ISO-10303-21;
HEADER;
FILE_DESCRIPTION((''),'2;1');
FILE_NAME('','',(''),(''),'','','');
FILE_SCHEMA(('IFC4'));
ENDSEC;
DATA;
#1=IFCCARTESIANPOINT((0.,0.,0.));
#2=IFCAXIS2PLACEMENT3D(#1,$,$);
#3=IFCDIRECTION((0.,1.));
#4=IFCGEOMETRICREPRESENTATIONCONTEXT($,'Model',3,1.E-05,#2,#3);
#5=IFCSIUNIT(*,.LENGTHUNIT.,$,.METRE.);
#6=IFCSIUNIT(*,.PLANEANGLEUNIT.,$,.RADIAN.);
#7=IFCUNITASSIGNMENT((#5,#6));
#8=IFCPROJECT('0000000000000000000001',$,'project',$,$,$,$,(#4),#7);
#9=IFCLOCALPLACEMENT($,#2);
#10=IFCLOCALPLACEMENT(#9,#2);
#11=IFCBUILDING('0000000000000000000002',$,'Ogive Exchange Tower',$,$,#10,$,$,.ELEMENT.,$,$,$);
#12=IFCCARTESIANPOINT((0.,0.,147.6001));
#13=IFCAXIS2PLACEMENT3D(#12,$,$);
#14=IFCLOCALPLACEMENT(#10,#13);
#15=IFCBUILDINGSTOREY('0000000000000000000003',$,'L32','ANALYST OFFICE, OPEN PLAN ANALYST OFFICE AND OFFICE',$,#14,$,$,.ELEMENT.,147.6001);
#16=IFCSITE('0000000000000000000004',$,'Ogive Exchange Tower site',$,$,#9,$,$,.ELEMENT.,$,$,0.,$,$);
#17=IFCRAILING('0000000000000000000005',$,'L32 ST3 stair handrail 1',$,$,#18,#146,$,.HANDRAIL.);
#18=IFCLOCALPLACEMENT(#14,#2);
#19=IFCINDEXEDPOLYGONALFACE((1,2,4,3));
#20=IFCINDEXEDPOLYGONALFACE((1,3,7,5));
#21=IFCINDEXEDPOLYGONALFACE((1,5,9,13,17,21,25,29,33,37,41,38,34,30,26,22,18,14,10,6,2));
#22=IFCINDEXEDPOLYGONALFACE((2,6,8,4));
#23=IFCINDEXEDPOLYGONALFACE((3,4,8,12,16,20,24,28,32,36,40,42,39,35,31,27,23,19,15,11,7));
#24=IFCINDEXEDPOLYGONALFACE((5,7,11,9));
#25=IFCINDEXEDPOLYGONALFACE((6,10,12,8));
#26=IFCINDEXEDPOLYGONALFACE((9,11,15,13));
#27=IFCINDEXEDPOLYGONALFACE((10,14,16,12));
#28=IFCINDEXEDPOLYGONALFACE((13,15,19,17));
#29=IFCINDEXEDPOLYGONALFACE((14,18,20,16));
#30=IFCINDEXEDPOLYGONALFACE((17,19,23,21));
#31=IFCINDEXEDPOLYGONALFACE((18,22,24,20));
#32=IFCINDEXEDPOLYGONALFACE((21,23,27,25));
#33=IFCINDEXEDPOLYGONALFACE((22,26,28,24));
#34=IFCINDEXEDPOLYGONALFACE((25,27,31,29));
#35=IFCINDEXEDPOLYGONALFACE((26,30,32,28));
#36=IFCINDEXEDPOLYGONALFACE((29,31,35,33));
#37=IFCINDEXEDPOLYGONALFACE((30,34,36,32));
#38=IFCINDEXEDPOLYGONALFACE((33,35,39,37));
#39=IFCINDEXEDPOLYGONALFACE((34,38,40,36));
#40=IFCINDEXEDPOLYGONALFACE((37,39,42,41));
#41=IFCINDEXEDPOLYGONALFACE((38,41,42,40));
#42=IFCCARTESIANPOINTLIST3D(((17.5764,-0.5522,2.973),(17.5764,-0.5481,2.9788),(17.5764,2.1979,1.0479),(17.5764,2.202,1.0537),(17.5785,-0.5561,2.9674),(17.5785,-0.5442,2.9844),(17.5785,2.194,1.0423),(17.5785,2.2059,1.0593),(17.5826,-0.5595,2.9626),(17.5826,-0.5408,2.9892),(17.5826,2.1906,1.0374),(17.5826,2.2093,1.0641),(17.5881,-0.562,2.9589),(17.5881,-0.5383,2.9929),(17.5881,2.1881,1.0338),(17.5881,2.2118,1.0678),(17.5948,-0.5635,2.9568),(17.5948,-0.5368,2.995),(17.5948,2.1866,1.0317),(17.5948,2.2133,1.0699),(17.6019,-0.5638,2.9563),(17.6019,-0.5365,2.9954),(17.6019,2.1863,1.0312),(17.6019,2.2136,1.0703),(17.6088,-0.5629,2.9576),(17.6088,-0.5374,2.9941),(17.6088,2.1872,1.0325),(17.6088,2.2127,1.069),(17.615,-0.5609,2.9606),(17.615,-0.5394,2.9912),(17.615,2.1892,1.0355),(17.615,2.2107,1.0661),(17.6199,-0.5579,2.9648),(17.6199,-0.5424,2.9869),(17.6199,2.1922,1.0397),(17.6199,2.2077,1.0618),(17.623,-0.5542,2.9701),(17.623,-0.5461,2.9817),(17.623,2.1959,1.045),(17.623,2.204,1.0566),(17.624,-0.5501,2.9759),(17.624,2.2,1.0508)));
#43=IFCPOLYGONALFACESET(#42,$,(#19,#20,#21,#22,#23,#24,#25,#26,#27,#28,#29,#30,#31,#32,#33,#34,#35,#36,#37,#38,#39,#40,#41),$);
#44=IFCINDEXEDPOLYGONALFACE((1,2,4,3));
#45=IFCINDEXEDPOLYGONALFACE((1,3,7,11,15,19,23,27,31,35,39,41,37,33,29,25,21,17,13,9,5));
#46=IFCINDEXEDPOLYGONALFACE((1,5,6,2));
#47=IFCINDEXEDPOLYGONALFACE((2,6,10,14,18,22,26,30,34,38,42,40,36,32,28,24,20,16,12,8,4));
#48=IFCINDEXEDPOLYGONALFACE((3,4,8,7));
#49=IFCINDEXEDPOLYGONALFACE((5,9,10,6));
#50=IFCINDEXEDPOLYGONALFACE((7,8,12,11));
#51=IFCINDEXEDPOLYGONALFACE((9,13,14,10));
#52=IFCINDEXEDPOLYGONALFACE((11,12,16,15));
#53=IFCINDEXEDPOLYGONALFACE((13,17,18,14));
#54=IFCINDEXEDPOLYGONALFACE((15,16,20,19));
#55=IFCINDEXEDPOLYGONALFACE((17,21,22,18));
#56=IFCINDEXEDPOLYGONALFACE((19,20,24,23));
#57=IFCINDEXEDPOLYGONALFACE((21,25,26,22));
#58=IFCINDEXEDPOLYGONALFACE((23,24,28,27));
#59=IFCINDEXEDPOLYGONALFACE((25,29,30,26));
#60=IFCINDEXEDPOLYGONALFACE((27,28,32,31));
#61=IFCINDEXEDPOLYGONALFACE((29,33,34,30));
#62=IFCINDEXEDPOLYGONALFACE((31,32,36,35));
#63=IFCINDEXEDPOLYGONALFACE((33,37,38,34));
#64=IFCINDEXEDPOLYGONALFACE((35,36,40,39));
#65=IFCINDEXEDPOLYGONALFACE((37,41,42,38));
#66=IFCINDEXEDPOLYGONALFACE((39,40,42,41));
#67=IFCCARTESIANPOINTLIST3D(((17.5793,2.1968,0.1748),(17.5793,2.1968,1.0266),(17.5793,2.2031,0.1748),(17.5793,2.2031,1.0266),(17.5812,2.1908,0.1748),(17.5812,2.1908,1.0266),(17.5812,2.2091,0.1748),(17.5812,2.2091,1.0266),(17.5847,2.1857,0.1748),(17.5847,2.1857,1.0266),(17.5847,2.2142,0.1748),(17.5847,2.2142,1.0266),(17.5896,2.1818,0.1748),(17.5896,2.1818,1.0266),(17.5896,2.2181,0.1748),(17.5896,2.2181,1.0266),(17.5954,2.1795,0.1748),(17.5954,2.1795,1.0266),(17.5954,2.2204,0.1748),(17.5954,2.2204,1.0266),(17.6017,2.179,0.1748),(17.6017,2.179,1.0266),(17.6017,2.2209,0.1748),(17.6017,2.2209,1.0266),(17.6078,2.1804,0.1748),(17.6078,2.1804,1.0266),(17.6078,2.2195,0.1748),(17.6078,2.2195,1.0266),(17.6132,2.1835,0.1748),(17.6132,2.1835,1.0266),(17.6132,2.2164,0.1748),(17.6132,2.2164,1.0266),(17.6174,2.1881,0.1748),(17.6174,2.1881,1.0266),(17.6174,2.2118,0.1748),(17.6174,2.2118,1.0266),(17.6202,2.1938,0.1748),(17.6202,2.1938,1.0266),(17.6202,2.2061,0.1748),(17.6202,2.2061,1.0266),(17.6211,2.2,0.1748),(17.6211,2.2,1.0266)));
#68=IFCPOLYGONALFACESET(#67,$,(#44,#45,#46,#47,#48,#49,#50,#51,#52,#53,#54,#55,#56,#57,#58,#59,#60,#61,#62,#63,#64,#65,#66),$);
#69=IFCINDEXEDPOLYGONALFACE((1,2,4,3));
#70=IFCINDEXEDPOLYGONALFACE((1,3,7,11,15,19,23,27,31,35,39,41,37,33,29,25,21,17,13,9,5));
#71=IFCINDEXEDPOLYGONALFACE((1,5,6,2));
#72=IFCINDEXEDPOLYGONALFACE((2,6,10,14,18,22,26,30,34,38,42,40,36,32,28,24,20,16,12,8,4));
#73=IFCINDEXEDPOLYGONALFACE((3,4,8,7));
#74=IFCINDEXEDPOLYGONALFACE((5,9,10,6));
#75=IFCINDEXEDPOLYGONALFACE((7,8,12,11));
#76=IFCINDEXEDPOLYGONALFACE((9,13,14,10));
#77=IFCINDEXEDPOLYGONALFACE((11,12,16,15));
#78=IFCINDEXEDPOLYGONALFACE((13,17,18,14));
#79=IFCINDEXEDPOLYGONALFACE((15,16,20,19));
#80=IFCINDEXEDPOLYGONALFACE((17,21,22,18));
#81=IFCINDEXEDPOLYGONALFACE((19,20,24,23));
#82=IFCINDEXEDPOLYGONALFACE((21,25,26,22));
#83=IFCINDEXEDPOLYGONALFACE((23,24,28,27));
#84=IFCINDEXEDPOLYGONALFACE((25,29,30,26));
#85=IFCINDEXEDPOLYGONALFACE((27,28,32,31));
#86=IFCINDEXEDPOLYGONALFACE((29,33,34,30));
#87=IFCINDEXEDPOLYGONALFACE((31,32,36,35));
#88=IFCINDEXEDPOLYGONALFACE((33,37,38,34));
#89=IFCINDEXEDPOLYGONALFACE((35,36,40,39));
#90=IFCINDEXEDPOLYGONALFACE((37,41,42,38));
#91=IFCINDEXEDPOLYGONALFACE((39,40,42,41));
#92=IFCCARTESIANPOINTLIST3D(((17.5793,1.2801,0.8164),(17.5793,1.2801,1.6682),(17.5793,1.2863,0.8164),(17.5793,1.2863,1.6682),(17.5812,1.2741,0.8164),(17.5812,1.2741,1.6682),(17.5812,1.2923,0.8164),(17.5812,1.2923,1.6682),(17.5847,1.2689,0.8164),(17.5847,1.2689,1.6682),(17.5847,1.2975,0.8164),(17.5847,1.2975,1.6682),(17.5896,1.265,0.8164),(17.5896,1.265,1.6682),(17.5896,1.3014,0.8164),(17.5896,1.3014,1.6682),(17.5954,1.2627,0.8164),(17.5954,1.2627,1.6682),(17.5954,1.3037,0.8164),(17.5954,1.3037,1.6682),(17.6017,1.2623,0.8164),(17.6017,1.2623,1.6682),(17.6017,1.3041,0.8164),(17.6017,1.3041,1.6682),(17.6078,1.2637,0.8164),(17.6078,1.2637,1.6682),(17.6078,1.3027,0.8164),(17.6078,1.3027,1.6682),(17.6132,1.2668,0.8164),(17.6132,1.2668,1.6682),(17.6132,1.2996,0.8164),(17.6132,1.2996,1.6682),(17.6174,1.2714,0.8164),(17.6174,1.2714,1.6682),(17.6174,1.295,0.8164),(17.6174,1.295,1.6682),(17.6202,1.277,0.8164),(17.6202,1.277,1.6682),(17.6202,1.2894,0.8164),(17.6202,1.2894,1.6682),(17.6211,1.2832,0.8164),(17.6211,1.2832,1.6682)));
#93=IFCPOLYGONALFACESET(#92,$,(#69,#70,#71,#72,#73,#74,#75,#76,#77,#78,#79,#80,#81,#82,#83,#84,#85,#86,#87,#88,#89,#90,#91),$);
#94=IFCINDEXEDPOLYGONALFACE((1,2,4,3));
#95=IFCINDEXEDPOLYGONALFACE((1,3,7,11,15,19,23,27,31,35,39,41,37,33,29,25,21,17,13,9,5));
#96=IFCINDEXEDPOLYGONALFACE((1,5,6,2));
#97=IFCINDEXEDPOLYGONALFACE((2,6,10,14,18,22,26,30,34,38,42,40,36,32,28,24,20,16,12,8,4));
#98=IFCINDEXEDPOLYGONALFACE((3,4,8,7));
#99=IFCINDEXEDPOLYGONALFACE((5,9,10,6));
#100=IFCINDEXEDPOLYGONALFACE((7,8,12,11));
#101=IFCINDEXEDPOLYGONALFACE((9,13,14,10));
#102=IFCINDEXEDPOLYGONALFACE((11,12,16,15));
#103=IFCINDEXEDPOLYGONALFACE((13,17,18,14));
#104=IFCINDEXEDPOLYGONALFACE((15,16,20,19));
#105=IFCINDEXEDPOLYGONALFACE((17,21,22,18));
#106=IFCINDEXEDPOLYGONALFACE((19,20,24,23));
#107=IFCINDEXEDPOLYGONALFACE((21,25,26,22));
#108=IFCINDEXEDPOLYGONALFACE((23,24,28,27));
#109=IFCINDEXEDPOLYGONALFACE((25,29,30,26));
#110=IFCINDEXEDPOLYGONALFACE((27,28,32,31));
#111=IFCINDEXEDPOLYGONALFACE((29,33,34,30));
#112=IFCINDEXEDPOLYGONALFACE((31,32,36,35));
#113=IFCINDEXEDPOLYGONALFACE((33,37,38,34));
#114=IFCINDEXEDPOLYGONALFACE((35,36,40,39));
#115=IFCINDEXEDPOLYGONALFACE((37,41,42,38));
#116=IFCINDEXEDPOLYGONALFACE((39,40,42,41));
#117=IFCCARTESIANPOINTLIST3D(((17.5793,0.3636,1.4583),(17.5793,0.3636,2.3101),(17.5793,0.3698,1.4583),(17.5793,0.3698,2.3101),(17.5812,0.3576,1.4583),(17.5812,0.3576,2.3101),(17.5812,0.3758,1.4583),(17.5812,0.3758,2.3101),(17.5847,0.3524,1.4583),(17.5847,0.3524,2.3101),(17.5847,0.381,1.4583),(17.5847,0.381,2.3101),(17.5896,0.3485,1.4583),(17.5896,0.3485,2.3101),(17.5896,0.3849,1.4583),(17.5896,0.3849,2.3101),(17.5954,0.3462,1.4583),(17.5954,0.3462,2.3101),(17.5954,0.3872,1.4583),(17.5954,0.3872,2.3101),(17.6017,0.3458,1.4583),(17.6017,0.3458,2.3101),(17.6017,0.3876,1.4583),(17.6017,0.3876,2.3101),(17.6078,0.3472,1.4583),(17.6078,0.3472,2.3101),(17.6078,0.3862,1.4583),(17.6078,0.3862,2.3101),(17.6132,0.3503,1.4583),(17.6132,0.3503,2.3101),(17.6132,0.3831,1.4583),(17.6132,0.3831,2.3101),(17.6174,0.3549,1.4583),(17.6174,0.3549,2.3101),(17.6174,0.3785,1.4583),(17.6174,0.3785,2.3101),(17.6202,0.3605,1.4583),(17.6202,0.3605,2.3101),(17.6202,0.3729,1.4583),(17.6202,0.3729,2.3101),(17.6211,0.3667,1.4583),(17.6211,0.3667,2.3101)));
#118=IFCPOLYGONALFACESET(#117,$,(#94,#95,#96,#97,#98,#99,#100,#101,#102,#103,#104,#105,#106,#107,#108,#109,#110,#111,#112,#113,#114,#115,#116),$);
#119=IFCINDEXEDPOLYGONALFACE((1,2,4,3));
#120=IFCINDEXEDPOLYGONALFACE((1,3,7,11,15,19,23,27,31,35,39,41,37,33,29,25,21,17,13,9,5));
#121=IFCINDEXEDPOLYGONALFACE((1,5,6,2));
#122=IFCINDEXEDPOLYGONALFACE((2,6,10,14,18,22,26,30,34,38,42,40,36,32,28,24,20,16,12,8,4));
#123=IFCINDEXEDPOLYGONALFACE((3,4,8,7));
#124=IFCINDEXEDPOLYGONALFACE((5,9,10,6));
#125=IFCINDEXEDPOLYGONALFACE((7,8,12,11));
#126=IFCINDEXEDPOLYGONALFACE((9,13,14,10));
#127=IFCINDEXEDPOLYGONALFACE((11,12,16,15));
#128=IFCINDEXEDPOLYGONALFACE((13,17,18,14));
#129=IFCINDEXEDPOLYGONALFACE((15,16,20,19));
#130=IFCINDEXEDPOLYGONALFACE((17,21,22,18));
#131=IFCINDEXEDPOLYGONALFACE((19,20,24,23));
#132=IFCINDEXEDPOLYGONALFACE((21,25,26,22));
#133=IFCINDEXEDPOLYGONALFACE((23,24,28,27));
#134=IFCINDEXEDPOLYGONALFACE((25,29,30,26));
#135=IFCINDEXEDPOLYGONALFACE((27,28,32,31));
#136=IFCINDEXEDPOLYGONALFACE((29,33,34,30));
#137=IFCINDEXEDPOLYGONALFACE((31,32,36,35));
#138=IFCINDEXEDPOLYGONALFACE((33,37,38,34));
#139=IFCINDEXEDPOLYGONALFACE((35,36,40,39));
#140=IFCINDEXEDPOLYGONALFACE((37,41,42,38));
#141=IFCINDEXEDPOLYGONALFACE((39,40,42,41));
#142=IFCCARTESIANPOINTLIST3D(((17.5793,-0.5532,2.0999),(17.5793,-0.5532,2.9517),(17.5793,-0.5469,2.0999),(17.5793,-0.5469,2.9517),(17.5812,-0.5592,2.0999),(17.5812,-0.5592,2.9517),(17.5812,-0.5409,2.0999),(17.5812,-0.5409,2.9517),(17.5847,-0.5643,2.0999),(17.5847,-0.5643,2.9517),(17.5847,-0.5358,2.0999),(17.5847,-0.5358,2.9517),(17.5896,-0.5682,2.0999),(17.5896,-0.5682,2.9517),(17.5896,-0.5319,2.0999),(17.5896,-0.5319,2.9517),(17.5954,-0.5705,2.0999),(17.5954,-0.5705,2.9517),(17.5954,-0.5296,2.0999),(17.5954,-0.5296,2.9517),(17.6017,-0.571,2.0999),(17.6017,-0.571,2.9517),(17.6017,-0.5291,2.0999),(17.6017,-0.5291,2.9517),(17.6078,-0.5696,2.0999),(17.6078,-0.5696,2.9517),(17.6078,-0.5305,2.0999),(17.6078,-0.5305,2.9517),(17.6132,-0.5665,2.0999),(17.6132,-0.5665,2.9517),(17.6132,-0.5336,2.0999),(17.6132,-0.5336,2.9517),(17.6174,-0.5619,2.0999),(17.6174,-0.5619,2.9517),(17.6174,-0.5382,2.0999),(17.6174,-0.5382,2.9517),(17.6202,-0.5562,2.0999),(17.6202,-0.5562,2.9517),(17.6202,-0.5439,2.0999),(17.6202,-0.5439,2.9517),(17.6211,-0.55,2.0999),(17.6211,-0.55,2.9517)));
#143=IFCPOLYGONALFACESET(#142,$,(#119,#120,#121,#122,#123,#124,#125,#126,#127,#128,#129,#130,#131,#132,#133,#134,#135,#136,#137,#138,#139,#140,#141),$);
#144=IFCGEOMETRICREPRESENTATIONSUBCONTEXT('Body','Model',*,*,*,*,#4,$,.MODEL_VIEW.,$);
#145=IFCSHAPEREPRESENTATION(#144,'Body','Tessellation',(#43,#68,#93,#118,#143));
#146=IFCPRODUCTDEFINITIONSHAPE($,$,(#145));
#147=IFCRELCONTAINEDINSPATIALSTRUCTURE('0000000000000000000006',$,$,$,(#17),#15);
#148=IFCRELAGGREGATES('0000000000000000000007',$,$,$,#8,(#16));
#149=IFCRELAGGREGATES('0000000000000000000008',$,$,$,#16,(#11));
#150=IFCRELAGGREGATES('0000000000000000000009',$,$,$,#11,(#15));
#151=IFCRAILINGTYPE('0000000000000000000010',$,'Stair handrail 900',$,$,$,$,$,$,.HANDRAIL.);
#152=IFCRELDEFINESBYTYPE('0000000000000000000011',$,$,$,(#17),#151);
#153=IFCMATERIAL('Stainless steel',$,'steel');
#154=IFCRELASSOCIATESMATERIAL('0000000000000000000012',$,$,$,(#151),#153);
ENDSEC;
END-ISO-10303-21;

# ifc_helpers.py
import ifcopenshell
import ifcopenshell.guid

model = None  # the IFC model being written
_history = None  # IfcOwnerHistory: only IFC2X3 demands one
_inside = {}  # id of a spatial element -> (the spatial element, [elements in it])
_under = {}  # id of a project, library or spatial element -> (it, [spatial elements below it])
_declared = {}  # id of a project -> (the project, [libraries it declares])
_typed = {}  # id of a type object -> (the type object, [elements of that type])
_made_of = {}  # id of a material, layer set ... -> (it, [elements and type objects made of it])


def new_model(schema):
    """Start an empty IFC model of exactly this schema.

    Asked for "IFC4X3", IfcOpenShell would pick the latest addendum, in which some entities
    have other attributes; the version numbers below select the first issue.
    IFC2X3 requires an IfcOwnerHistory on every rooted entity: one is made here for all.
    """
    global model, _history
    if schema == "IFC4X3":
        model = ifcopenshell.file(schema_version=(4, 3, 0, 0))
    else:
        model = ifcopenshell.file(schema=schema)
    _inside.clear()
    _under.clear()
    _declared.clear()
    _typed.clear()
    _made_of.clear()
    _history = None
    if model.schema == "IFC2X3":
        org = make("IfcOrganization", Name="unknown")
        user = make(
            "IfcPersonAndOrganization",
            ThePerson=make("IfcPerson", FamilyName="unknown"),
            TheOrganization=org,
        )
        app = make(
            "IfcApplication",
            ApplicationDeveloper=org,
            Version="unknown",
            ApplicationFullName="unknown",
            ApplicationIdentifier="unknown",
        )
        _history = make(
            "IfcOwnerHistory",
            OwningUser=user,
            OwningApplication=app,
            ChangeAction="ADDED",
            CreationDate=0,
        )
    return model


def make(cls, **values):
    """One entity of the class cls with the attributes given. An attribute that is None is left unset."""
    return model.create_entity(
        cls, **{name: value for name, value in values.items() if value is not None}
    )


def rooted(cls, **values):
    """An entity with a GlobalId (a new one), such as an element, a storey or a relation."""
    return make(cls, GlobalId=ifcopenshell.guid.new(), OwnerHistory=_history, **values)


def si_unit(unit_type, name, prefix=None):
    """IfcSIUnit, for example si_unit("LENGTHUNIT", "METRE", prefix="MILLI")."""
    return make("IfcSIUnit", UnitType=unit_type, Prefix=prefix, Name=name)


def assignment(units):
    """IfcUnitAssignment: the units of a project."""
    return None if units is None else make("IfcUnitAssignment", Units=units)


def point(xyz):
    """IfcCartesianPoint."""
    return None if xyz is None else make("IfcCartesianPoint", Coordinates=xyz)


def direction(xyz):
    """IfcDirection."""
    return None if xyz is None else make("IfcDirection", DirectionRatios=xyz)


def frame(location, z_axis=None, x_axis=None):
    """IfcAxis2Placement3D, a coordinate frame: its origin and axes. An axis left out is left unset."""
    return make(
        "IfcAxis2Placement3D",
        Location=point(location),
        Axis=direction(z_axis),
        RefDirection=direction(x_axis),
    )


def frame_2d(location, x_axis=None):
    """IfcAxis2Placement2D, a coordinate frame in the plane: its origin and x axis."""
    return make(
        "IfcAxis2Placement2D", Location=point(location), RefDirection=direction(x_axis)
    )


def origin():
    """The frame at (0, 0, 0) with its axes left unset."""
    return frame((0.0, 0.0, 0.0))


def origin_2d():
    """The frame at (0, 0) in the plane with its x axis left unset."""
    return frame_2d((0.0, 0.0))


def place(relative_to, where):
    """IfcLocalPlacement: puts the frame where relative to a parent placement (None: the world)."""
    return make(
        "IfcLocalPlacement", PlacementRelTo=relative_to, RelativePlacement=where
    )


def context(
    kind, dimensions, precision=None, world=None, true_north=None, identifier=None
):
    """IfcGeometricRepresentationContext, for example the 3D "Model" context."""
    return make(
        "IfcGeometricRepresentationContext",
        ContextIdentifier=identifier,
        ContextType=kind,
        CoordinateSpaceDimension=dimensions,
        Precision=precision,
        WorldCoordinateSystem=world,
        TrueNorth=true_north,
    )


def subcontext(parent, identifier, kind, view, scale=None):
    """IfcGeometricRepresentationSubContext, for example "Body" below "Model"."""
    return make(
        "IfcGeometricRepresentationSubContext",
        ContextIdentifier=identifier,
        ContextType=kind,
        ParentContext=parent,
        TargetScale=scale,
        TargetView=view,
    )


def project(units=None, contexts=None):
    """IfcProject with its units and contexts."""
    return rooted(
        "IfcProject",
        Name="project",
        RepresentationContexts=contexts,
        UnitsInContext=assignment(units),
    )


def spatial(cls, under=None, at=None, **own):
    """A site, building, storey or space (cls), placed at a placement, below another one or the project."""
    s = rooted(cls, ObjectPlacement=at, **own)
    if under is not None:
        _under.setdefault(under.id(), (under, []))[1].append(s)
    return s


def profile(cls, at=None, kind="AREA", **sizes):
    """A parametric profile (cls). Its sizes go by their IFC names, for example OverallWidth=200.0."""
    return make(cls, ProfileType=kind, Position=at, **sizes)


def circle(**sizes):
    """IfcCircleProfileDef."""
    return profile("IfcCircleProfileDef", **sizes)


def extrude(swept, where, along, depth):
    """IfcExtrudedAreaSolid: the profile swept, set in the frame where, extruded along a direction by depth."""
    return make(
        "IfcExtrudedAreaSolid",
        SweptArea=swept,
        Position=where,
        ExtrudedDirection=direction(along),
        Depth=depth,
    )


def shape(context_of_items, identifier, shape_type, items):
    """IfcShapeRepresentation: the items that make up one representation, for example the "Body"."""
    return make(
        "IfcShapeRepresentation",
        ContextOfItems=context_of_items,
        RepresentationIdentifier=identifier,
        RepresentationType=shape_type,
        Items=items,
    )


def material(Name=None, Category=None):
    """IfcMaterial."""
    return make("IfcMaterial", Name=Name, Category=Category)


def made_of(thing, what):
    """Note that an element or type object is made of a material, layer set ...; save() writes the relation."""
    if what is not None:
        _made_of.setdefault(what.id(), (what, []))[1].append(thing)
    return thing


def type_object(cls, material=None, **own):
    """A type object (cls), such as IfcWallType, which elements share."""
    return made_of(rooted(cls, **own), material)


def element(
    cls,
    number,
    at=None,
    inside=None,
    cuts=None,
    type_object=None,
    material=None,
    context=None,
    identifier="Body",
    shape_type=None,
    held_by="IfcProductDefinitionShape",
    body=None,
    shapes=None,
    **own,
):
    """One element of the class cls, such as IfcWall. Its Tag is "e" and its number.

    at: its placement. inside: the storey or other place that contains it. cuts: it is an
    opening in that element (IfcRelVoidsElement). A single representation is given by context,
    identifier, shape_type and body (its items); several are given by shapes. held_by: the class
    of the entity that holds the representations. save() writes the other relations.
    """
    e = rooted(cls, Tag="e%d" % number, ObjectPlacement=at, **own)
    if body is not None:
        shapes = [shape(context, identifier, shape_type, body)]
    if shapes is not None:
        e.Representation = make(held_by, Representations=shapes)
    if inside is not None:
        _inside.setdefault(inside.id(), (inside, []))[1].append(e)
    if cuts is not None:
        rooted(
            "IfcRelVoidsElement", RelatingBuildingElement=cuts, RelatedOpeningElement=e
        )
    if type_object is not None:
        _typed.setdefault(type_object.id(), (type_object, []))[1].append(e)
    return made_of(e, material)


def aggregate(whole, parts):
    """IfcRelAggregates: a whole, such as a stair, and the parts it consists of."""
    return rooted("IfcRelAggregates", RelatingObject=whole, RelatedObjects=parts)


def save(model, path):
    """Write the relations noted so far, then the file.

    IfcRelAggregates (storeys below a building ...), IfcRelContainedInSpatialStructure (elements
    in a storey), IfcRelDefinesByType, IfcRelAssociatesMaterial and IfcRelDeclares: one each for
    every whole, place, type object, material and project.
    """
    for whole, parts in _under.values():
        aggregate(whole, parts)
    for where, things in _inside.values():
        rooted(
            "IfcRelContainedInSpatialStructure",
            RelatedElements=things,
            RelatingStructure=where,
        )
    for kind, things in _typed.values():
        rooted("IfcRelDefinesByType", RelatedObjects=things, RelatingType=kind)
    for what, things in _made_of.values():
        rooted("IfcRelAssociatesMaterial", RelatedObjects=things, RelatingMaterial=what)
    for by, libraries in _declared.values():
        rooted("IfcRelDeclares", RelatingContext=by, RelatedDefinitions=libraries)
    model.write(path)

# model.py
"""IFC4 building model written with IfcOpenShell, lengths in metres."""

from ifc_helpers import new_model, si_unit, direction, frame, origin, origin_2d, place, context, subcontext, project, spatial, circle, extrude, material, type_object, element, save


model = new_model("IFC4")

# Units and contexts
model_context = context("Model", 3, precision=1e-05, world=origin(), true_north=direction((0.0, 1.0)))
body_context = subcontext(model_context, "Body", "Model", "MODEL_VIEW")
ifc_project = project(units=[si_unit("LENGTHUNIT", "METRE"), si_unit("PLANEANGLEUNIT", "RADIAN")], contexts=[model_context])

# Site, building, storey
site_placement = place(None, origin())
site = spatial("IfcSite", under=ifc_project, at=site_placement, Name="Ogive Exchange Tower site", CompositionType="ELEMENT", RefElevation=0.0)
building_placement = place(site_placement, origin())
building = spatial("IfcBuilding", under=site, at=building_placement, Name="Ogive Exchange Tower", CompositionType="ELEMENT")
storey_placement = place(building_placement, frame((0.0, 0.0, 147.6001)))
storey = spatial("IfcBuildingStorey", under=building, at=storey_placement, Name="L32", Description="ANALYST OFFICE, OPEN PLAN ANALYST OFFICE AND OFFICE", CompositionType="ELEMENT", Elevation=147.6001)

# Shared definitions
ifc_material_1 = material(Name="Stainless steel", Category="steel")

# Railing
railing_type = type_object("IfcRailingType", Name="Stair handrail 900", PredefinedType="HANDRAIL", material=ifc_material_1)
railing_1_placement = place(storey_placement, frame((17.6001, 2.2, 0.1748)))
element("IfcRailing", 1, at=railing_1_placement, inside=storey, type_object=railing_type, Name="L32 ST3 stair handrail 1", PredefinedType="HANDRAIL", context=body_context, shape_type="SweptSolid", body=[
    extrude(circle(Radius=0.0239, at=origin_2d()), frame((0.0, 0.0, 0.876), z_axis=(0.0, -0.819225, 0.573472), x_axis=(1.0, 0.0, 0.0)), (0.0, 0.0, 1.0), 3.3569),
    extrude(circle(Radius=0.021, at=origin_2d()), origin(), (0.0, 0.0, 1.0), 0.8518),
    extrude(circle(Radius=0.021, at=origin_2d()), frame((0.0, -0.9167, 0.6416)), (0.0, 0.0, 1.0), 0.8518),
    extrude(circle(Radius=0.021, at=origin_2d()), frame((0.0, -1.8333, 1.2834)), (0.0, 0.0, 1.0), 0.8518),
    extrude(circle(Radius=0.021, at=origin_2d()), frame((0.0, -2.75, 1.925)), (0.0, 0.0, 1.0), 0.8518),
])

save(model, "model.ifc")
